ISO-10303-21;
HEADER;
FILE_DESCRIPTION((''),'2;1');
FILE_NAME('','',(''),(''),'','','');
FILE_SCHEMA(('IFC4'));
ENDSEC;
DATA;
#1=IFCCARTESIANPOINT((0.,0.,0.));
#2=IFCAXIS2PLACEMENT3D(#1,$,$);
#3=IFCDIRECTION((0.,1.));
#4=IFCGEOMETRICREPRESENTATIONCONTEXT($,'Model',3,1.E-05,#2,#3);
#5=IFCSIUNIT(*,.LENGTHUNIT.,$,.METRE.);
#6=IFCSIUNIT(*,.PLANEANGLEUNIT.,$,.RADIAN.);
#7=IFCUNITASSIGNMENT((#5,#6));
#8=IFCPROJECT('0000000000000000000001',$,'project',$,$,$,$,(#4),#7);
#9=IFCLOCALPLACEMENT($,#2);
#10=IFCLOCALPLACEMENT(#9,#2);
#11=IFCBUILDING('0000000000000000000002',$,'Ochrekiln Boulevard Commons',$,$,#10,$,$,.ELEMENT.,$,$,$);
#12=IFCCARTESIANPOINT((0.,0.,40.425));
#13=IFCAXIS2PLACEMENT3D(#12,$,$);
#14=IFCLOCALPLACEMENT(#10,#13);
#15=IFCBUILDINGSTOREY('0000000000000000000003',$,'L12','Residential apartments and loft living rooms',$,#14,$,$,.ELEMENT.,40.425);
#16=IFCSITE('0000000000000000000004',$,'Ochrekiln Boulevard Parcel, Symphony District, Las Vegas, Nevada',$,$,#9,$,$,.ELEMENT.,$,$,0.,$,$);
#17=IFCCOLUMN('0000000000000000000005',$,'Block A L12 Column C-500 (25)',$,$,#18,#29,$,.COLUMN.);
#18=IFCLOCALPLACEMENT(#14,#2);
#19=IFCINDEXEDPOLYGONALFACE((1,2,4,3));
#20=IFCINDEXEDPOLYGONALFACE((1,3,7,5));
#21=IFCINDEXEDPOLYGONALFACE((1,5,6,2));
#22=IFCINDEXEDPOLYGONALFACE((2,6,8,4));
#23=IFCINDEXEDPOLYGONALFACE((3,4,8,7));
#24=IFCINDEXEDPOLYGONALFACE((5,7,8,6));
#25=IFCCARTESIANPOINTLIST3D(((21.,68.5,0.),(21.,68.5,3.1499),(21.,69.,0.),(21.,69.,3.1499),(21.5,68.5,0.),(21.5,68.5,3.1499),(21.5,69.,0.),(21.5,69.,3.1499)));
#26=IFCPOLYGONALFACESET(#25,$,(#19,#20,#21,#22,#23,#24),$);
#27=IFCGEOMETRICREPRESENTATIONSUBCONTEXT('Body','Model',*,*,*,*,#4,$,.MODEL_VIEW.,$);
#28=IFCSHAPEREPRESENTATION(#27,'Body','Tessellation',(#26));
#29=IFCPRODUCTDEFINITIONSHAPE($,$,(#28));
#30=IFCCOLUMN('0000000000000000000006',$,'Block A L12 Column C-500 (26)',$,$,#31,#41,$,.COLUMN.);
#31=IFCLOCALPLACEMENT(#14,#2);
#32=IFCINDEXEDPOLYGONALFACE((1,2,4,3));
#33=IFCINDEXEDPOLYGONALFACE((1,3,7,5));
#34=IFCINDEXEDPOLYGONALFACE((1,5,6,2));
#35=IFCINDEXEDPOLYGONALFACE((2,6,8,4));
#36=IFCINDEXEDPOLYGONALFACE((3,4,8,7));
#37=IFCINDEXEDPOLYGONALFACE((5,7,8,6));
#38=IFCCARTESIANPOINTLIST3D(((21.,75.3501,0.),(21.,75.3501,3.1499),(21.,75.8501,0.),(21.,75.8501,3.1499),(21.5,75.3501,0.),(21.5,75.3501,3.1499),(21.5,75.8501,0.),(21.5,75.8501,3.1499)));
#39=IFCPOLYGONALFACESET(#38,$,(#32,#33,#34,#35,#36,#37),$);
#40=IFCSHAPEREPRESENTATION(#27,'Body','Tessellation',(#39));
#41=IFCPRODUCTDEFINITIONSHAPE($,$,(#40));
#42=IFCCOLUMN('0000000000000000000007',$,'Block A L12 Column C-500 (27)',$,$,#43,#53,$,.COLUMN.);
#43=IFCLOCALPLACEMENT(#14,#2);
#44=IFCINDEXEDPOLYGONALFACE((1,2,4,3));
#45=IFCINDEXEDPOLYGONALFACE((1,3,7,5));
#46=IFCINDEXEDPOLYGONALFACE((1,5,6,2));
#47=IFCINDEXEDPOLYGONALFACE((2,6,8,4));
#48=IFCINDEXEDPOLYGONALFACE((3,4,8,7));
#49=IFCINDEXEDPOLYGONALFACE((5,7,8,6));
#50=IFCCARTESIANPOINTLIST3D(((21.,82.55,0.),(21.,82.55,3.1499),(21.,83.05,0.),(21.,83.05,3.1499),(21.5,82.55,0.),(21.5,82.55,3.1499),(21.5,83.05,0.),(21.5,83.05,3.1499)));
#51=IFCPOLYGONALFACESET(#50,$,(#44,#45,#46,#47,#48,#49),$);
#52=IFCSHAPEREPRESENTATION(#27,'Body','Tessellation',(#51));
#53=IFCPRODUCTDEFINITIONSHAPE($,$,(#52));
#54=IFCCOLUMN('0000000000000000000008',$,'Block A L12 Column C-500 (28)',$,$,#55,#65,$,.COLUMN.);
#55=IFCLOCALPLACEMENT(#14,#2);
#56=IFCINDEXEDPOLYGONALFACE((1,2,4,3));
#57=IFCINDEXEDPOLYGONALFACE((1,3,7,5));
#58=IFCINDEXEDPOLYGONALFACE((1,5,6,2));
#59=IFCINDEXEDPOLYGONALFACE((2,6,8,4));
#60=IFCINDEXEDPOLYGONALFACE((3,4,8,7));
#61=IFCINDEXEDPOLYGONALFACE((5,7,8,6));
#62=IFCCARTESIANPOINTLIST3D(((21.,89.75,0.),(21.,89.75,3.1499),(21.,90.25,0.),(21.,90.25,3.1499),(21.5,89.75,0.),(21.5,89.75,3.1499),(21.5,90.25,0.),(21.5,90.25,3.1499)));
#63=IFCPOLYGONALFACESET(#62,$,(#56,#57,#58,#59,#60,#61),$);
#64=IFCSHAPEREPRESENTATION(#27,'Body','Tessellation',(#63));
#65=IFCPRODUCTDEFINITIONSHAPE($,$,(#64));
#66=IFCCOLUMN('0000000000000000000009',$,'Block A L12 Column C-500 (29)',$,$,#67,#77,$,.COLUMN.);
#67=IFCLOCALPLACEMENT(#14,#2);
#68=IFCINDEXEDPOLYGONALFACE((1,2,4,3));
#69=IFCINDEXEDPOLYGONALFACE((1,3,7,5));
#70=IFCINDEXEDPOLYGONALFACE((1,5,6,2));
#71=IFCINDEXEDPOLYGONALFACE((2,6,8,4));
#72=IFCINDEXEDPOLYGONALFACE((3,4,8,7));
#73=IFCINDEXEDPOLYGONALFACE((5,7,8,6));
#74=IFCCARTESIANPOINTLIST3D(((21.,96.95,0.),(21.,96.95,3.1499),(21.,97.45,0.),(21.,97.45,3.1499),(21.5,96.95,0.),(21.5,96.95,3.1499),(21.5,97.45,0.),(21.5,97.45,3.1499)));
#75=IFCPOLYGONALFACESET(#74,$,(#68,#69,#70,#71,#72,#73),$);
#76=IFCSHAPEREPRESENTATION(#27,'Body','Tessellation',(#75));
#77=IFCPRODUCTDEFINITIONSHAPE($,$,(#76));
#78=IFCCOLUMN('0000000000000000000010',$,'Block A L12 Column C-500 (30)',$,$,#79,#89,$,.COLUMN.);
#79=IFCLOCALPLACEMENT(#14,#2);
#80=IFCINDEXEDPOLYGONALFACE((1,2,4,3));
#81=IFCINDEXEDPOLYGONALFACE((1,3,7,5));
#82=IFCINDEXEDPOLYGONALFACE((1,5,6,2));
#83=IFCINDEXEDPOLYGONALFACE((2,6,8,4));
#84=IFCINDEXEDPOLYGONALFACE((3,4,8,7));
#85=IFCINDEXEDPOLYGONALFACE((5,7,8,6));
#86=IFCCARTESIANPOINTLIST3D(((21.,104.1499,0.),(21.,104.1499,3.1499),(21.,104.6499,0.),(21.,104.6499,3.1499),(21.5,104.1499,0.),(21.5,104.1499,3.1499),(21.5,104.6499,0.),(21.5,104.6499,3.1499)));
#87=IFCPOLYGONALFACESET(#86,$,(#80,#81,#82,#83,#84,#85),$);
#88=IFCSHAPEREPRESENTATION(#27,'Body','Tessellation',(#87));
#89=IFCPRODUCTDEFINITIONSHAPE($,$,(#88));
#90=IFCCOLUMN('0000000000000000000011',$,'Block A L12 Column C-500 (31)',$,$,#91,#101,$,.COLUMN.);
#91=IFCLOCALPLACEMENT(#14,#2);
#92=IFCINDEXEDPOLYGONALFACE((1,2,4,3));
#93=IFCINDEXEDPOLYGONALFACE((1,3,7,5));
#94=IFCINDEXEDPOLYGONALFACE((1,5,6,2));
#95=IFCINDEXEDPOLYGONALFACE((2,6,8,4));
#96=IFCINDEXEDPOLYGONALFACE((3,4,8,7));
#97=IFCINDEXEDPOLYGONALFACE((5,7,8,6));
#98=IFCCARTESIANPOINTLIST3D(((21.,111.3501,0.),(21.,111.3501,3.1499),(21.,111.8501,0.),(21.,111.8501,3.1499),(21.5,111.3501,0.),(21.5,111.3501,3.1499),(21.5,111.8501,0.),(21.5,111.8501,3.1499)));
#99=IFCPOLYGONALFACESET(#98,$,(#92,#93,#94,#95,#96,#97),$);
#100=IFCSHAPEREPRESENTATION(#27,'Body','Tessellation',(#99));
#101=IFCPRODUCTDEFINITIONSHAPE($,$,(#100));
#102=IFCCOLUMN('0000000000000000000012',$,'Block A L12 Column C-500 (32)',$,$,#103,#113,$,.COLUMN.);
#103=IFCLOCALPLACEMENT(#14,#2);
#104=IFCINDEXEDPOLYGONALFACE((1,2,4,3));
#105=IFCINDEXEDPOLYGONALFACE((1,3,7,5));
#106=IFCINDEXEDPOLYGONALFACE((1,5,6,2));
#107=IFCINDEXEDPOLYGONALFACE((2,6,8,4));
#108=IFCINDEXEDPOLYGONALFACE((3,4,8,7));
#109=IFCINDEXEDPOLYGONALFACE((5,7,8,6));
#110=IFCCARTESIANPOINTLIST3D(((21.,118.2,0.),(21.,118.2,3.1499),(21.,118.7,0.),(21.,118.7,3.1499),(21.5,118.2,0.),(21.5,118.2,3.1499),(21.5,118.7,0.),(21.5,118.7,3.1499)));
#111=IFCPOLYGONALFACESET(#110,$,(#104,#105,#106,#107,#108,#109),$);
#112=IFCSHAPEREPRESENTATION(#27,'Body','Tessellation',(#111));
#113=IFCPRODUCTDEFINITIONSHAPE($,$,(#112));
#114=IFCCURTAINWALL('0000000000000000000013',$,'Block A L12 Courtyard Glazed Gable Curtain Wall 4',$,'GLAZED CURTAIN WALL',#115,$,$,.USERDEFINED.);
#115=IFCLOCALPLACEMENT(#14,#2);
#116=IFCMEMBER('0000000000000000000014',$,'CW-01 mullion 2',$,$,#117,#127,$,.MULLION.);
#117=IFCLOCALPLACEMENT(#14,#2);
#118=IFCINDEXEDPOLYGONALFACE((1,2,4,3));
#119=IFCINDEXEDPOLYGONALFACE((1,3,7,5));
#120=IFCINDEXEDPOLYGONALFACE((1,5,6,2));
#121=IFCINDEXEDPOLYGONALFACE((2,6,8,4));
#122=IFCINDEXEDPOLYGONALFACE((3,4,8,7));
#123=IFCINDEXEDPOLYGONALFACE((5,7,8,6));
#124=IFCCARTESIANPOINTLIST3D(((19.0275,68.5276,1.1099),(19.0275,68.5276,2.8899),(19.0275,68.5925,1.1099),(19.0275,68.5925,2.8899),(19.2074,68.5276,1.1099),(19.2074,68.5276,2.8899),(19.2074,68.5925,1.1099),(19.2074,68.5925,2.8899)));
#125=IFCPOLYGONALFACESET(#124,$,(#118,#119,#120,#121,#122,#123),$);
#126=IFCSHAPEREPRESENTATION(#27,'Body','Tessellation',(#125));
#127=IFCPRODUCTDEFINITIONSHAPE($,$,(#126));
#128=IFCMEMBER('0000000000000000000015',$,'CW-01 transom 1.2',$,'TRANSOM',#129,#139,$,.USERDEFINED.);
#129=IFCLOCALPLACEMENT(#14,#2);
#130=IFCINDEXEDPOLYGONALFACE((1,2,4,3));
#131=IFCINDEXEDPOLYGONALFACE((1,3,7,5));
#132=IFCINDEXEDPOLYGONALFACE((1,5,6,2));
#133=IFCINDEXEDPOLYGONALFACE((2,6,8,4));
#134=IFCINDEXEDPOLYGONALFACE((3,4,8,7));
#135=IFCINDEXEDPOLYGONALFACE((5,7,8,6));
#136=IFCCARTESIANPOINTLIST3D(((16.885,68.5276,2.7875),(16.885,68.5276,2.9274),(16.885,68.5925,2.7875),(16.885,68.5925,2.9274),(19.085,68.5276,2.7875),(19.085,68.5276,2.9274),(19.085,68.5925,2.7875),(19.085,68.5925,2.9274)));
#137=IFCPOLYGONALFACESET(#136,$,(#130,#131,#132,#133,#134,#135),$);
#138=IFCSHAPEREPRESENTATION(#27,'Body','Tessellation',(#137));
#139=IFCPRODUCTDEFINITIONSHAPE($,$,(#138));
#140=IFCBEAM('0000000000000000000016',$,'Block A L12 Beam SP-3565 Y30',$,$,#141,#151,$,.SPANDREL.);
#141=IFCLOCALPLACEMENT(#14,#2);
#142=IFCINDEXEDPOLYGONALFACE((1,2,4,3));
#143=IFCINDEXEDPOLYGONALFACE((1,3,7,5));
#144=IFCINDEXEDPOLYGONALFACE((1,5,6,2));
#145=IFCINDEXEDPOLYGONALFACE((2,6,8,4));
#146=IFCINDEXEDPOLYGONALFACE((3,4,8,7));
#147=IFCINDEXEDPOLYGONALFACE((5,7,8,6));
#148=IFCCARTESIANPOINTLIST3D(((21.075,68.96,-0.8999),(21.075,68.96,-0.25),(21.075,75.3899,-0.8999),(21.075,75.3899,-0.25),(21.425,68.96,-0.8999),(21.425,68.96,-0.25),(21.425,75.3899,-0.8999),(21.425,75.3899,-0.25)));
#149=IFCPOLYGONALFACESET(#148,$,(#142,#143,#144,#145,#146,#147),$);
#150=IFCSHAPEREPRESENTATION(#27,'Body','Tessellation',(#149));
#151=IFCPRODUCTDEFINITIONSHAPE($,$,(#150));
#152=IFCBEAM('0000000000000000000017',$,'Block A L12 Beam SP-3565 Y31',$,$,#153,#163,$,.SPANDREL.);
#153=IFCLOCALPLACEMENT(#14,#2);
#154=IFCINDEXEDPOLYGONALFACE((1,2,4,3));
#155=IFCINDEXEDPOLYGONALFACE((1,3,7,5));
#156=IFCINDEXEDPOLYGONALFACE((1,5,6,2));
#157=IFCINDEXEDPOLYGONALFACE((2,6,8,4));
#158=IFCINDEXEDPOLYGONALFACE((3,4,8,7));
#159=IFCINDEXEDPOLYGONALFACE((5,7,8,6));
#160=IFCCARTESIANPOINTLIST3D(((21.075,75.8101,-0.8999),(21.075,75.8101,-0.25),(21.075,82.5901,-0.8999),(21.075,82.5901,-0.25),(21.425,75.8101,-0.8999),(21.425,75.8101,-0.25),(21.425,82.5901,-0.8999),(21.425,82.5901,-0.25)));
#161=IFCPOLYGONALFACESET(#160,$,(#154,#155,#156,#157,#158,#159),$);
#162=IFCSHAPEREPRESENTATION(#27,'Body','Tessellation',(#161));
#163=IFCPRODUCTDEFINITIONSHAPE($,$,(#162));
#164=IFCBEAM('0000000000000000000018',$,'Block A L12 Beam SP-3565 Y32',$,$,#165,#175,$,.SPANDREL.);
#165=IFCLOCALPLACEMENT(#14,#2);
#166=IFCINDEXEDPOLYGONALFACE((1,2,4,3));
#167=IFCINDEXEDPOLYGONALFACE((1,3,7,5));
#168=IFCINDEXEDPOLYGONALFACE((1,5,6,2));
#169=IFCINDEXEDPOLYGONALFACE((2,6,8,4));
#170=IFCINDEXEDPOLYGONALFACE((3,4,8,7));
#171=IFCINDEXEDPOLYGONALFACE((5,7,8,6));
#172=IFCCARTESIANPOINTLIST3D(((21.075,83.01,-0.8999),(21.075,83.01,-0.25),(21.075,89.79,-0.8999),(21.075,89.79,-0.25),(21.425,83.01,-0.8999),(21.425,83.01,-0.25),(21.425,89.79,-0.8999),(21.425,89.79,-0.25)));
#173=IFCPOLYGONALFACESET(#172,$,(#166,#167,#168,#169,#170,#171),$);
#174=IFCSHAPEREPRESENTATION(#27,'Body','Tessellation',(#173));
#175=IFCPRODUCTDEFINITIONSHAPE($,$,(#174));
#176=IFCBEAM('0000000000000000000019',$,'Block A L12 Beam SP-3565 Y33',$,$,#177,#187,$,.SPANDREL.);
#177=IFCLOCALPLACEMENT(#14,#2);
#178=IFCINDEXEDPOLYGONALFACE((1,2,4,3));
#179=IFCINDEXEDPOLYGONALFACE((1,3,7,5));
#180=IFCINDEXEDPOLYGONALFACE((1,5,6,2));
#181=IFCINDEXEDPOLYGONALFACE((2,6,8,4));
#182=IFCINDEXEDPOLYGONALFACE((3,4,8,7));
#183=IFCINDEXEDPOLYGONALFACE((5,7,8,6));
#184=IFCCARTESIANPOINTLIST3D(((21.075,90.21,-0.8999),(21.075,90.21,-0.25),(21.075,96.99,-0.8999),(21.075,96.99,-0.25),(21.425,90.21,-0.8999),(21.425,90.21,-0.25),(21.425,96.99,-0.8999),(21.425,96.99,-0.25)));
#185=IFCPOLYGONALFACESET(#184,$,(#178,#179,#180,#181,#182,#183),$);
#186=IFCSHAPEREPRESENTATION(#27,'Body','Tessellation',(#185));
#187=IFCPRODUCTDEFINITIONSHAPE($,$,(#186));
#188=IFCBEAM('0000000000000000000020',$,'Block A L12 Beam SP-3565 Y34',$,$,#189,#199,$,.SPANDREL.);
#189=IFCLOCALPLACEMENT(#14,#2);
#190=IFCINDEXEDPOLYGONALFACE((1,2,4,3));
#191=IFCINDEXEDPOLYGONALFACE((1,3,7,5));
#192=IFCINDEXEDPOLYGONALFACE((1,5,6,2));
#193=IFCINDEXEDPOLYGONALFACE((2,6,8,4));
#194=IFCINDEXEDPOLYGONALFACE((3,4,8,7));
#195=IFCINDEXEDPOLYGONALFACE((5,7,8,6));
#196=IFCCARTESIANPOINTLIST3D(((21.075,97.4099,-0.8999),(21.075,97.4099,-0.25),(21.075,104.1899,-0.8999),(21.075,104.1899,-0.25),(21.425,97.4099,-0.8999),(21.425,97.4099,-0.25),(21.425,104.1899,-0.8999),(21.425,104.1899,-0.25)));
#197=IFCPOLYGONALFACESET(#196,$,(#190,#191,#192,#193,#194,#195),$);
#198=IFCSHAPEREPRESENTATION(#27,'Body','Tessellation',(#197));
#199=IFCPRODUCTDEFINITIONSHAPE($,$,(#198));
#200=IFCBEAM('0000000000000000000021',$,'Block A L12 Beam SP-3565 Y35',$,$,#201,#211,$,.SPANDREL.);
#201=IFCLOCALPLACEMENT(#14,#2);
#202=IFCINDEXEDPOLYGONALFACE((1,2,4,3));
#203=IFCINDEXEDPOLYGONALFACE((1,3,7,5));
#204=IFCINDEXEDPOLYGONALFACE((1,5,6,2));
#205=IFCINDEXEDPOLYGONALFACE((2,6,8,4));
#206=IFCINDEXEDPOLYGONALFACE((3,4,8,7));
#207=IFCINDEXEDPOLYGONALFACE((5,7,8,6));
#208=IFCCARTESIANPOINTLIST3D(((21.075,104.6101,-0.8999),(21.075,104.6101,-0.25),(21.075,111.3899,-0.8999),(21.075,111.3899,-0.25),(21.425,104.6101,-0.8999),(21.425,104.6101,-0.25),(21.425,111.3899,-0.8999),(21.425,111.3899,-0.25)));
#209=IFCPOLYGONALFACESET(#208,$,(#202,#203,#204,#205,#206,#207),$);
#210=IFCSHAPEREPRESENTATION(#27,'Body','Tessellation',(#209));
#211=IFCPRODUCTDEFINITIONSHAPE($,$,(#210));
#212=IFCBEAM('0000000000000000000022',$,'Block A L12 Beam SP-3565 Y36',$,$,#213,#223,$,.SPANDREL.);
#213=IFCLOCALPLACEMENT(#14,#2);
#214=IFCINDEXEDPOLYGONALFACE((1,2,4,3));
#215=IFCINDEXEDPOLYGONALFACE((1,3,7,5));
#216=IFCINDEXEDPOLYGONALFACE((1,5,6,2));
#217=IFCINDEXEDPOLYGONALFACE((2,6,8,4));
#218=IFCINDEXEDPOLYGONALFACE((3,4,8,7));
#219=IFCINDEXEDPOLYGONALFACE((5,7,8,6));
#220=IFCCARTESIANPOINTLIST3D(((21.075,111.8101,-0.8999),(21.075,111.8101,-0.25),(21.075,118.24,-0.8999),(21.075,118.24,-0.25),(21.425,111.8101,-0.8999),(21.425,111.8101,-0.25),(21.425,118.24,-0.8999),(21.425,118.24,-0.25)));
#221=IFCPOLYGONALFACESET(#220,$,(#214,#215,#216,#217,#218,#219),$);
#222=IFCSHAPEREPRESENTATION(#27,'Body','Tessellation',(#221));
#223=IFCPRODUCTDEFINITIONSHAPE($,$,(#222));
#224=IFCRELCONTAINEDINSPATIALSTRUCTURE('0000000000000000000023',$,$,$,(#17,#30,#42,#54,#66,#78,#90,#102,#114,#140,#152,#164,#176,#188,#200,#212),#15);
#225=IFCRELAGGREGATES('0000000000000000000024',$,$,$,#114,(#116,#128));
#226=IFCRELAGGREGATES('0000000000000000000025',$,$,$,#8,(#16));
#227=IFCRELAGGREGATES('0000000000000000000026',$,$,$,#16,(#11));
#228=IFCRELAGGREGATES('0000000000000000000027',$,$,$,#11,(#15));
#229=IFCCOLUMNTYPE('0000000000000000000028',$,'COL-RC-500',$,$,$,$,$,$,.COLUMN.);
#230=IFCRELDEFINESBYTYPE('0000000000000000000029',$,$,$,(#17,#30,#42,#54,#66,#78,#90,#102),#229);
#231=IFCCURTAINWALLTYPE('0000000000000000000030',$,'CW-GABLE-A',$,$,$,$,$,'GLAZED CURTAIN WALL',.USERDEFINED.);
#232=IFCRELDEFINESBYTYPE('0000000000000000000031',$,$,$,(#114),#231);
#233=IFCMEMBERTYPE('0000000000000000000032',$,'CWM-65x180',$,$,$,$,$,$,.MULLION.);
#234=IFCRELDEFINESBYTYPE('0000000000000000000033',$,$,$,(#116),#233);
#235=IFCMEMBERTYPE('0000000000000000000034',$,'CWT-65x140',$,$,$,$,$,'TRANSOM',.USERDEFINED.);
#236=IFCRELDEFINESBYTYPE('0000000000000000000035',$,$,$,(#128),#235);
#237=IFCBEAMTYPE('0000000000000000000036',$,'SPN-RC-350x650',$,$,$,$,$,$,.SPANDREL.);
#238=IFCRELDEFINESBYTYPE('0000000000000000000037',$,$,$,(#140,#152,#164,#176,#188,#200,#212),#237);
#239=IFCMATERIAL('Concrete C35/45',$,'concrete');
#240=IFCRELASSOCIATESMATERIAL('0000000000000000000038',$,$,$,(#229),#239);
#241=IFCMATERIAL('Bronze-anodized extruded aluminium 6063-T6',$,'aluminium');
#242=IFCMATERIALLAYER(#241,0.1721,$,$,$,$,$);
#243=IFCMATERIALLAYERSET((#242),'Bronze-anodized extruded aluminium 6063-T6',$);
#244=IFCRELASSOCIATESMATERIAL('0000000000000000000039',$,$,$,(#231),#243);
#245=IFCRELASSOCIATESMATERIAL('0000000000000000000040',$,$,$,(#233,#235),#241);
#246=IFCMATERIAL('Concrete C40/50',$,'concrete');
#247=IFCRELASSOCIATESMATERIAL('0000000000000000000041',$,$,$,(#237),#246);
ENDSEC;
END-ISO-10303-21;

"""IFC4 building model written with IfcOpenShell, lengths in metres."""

from ifc_helpers import new_model, si_unit, direction, frame, origin, origin_2d, place, context, subcontext, project, spatial, rectangle, extrude, material, layer, layer_set, material_profile, profile_set, type_object, element, aggregate, save


model = new_model("IFC4")

# Units and contexts
model_context = context("Model", 3, precision=1e-05, world=origin(), true_north=direction((0.0, 1.0)))
body_context = subcontext(model_context, "Body", "Model", "MODEL_VIEW")
ifc_project = project(units=[si_unit("LENGTHUNIT", "METRE"), si_unit("PLANEANGLEUNIT", "RADIAN")], contexts=[model_context])

# Site, building, storey
site_placement = place(None, origin())
site = spatial("IfcSite", under=ifc_project, at=site_placement, Name="Ochrekiln Boulevard Parcel, Symphony District, Las Vegas, Nevada", CompositionType="ELEMENT", RefElevation=0.0)
building_placement = place(site_placement, origin())
building = spatial("IfcBuilding", under=site, at=building_placement, Name="Ochrekiln Boulevard Commons", CompositionType="ELEMENT")
storey_placement = place(building_placement, frame((0.0, 0.0, 40.425)))
storey = spatial("IfcBuildingStorey", under=building, at=storey_placement, Name="L12", Description="Residential apartments and loft living rooms", CompositionType="ELEMENT", Elevation=40.425)

# Columns
ifc_material_1 = material(Name="Concrete C35/45", Category="concrete")
ifc_material_profile_1 = material_profile(ifc_material_1, rectangle(XDim=0.5, YDim=0.5, at=origin_2d()), Name="RC-COL-500x500")
ifc_profile_set_1 = profile_set([ifc_material_profile_1], Name="Concrete C35/45")
column_type = type_object("IfcColumnType", Name="COL-RC-500", PredefinedType="COLUMN", material=ifc_profile_set_1)
for number, where, z_axis, x_axis, name in (
    (1, (21.25, 68.75, 0.0), (0.0, 0.0, 1.0), (1.0, 0.0, 0.0), "Block A L12 Column C-500 (25)"),
    (2, (21.25, 75.6001, 0.0), (0.0, 0.0, 1.0), (1.0, 0.0, 0.0), "Block A L12 Column C-500 (26)"),
    (3, (21.25, 82.8, 0.0), (0.0, 0.0, 1.0), (1.0, 0.0, 0.0), "Block A L12 Column C-500 (27)"),
    (4, (21.25, 90.0, 0.0), (0.0, 0.0, 1.0), (1.0, 0.0, 0.0), "Block A L12 Column C-500 (28)"),
    (5, (21.25, 97.2, 0.0), (0.0, 0.0, 1.0), (1.0, 0.0, 0.0), "Block A L12 Column C-500 (29)"),
    (6, (21.25, 104.3999, 0.0), (0.0, 0.0, 1.0), (1.0, 0.0, 0.0), "Block A L12 Column C-500 (30)"),
    (7, (21.25, 111.6001, 0.0), (0.0, 0.0, 1.0), (1.0, 0.0, 0.0), "Block A L12 Column C-500 (31)"),
    (8, (21.25, 118.45, 0.0), (0.0, 0.0, 1.0), (1.0, 0.0, 0.0), "Block A L12 Column C-500 (32)"),
):
    element("IfcColumn", number, at=place(storey_placement, frame(where, z_axis=z_axis, x_axis=x_axis)), inside=storey, type_object=column_type, Name=name, PredefinedType="COLUMN", context=body_context, shape_type="SweptSolid", body=[
        extrude(rectangle(XDim=0.5, YDim=0.5, at=origin_2d()), origin(), (0.0, 0.0, 1.0), 3.1499),
    ])

# Curtain wall, members
ifc_material_2 = material(Name="Bronze-anodized extruded aluminium 6063-T6", Category="aluminium")
ifc_layer_1 = layer(ifc_material_2, 0.1721)
ifc_layer_set_1 = layer_set([ifc_layer_1], Name="Bronze-anodized extruded aluminium 6063-T6")
curtain_wall_type = type_object("IfcCurtainWallType", Name="CW-GABLE-A", ElementType="GLAZED CURTAIN WALL", PredefinedType="USERDEFINED", material=ifc_layer_set_1)
curtain_wall_placement = place(storey_placement, origin())
curtain_wall = element("IfcCurtainWall", 9, at=curtain_wall_placement, inside=storey, type_object=curtain_wall_type, Name="Block A L12 Courtyard Glazed Gable Curtain Wall 4", ObjectType="GLAZED CURTAIN WALL", PredefinedType="USERDEFINED")
ifc_material_profile_2 = material_profile(ifc_material_2, rectangle(XDim=0.0649, YDim=0.1799, at=origin_2d()), Name="ALU-MUL-65x180")
ifc_profile_set_2 = profile_set([ifc_material_profile_2], Name="Bronze-anodized extruded aluminium 6063-T6")
member_type_1 = type_object("IfcMemberType", Name="CWM-65x180", PredefinedType="MULLION", material=ifc_profile_set_2)
member_1_placement = place(storey_placement, frame((19.1174, 68.5601, 1.1099), z_axis=(0.0, 0.0, 1.0), x_axis=(0.0, 1.0, 0.0)))
member_1 = element("IfcMember", 10, at=member_1_placement, type_object=member_type_1, Name="CW-01 mullion 2", PredefinedType="MULLION", context=body_context, shape_type="SweptSolid", body=[
    extrude(rectangle(XDim=0.0649, YDim=0.1799, at=origin_2d()), origin(), (0.0, 0.0, 1.0), 1.78),
])
ifc_material_profile_3 = material_profile(ifc_material_2, rectangle(XDim=0.0649, YDim=0.1399, at=origin_2d()), Name="ALU-TRN-65x140")
ifc_profile_set_3 = profile_set([ifc_material_profile_3], Name="Bronze-anodized extruded aluminium 6063-T6")
member_type_2 = type_object("IfcMemberType", Name="CWT-65x140", ElementType="TRANSOM", PredefinedType="USERDEFINED", material=ifc_profile_set_3)
member_2_placement = place(storey_placement, frame((16.885, 68.5601, 2.8574), z_axis=(1.0, 0.0, 0.0), x_axis=(0.0, 1.0, 0.0)))
member_2 = element("IfcMember", 11, at=member_2_placement, type_object=member_type_2, Name="CW-01 transom 1.2", ObjectType="TRANSOM", PredefinedType="USERDEFINED", context=body_context, shape_type="SweptSolid", body=[
    extrude(rectangle(XDim=0.0649, YDim=0.1399, at=origin_2d()), origin(), (0.0, 0.0, 1.0), 2.2),
])

# Beams
ifc_material_3 = material(Name="Concrete C40/50", Category="concrete")
ifc_material_profile_4 = material_profile(ifc_material_3, rectangle(XDim=0.3501, YDim=0.6499, at=origin_2d()), Name="RC-SPN-350x650")
ifc_profile_set_4 = profile_set([ifc_material_profile_4], Name="Concrete C40/50")
beam_type = type_object("IfcBeamType", Name="SPN-RC-350x650", PredefinedType="SPANDREL", material=ifc_profile_set_4)
beam_1_placement = place(storey_placement, frame((21.25, 68.96, -0.575), z_axis=(0.0, 1.0, 0.0), x_axis=(-1.0, 0.0, 0.0)))
element("IfcBeam", 12, at=beam_1_placement, inside=storey, type_object=beam_type, Name="Block A L12 Beam SP-3565 Y30", PredefinedType="SPANDREL", context=body_context, shape_type="SweptSolid", body=[
    extrude(rectangle(XDim=0.3501, YDim=0.6499, at=origin_2d()), origin(), (0.0, 0.0, 1.0), 6.4299),
])
for number, where, z_axis, x_axis, name in (
    (13, (21.25, 75.8101, -0.575), (0.0, 1.0, 0.0), (-1.0, 0.0, 0.0), "Block A L12 Beam SP-3565 Y31"),
    (14, (21.25, 83.01, -0.575), (0.0, 1.0, 0.0), (-1.0, 0.0, 0.0), "Block A L12 Beam SP-3565 Y32"),
    (15, (21.25, 90.21, -0.575), (0.0, 1.0, 0.0), (-1.0, 0.0, 0.0), "Block A L12 Beam SP-3565 Y33"),
    (16, (21.25, 97.4099, -0.575), (0.0, 1.0, 0.0), (-1.0, 0.0, 0.0), "Block A L12 Beam SP-3565 Y34"),
):
    element("IfcBeam", number, at=place(storey_placement, frame(where, z_axis=z_axis, x_axis=x_axis)), inside=storey, type_object=beam_type, Name=name, PredefinedType="SPANDREL", context=body_context, shape_type="SweptSolid", body=[
        extrude(rectangle(XDim=0.3501, YDim=0.6499, at=origin_2d()), origin(), (0.0, 0.0, 1.0), 6.78),
    ])
beam_2_placement = place(storey_placement, frame((21.25, 104.6101, -0.575), z_axis=(0.0, 1.0, 0.0), x_axis=(-1.0, 0.0, 0.0)))
element("IfcBeam", 17, at=beam_2_placement, inside=storey, type_object=beam_type, Name="Block A L12 Beam SP-3565 Y35", PredefinedType="SPANDREL", context=body_context, shape_type="SweptSolid", body=[
    extrude(rectangle(XDim=0.3501, YDim=0.6499, at=origin_2d()), origin(), (0.0, 0.0, 1.0), 6.7798),
])
for number, where, z_axis, x_axis, name in (
    (18, (21.25, 111.8101, -0.575), (0.0, 1.0, 0.0), (-1.0, 0.0, 0.0), "Block A L12 Beam SP-3565 Y36"),
):
    element("IfcBeam", number, at=place(storey_placement, frame(where, z_axis=z_axis, x_axis=x_axis)), inside=storey, type_object=beam_type, Name=name, PredefinedType="SPANDREL", context=body_context, shape_type="SweptSolid", body=[
        extrude(rectangle(XDim=0.3501, YDim=0.6499, at=origin_2d()), origin(), (0.0, 0.0, 1.0), 6.4299),
    ])

aggregate(curtain_wall, [member_1, member_2])

save(model, "model.ifc")
